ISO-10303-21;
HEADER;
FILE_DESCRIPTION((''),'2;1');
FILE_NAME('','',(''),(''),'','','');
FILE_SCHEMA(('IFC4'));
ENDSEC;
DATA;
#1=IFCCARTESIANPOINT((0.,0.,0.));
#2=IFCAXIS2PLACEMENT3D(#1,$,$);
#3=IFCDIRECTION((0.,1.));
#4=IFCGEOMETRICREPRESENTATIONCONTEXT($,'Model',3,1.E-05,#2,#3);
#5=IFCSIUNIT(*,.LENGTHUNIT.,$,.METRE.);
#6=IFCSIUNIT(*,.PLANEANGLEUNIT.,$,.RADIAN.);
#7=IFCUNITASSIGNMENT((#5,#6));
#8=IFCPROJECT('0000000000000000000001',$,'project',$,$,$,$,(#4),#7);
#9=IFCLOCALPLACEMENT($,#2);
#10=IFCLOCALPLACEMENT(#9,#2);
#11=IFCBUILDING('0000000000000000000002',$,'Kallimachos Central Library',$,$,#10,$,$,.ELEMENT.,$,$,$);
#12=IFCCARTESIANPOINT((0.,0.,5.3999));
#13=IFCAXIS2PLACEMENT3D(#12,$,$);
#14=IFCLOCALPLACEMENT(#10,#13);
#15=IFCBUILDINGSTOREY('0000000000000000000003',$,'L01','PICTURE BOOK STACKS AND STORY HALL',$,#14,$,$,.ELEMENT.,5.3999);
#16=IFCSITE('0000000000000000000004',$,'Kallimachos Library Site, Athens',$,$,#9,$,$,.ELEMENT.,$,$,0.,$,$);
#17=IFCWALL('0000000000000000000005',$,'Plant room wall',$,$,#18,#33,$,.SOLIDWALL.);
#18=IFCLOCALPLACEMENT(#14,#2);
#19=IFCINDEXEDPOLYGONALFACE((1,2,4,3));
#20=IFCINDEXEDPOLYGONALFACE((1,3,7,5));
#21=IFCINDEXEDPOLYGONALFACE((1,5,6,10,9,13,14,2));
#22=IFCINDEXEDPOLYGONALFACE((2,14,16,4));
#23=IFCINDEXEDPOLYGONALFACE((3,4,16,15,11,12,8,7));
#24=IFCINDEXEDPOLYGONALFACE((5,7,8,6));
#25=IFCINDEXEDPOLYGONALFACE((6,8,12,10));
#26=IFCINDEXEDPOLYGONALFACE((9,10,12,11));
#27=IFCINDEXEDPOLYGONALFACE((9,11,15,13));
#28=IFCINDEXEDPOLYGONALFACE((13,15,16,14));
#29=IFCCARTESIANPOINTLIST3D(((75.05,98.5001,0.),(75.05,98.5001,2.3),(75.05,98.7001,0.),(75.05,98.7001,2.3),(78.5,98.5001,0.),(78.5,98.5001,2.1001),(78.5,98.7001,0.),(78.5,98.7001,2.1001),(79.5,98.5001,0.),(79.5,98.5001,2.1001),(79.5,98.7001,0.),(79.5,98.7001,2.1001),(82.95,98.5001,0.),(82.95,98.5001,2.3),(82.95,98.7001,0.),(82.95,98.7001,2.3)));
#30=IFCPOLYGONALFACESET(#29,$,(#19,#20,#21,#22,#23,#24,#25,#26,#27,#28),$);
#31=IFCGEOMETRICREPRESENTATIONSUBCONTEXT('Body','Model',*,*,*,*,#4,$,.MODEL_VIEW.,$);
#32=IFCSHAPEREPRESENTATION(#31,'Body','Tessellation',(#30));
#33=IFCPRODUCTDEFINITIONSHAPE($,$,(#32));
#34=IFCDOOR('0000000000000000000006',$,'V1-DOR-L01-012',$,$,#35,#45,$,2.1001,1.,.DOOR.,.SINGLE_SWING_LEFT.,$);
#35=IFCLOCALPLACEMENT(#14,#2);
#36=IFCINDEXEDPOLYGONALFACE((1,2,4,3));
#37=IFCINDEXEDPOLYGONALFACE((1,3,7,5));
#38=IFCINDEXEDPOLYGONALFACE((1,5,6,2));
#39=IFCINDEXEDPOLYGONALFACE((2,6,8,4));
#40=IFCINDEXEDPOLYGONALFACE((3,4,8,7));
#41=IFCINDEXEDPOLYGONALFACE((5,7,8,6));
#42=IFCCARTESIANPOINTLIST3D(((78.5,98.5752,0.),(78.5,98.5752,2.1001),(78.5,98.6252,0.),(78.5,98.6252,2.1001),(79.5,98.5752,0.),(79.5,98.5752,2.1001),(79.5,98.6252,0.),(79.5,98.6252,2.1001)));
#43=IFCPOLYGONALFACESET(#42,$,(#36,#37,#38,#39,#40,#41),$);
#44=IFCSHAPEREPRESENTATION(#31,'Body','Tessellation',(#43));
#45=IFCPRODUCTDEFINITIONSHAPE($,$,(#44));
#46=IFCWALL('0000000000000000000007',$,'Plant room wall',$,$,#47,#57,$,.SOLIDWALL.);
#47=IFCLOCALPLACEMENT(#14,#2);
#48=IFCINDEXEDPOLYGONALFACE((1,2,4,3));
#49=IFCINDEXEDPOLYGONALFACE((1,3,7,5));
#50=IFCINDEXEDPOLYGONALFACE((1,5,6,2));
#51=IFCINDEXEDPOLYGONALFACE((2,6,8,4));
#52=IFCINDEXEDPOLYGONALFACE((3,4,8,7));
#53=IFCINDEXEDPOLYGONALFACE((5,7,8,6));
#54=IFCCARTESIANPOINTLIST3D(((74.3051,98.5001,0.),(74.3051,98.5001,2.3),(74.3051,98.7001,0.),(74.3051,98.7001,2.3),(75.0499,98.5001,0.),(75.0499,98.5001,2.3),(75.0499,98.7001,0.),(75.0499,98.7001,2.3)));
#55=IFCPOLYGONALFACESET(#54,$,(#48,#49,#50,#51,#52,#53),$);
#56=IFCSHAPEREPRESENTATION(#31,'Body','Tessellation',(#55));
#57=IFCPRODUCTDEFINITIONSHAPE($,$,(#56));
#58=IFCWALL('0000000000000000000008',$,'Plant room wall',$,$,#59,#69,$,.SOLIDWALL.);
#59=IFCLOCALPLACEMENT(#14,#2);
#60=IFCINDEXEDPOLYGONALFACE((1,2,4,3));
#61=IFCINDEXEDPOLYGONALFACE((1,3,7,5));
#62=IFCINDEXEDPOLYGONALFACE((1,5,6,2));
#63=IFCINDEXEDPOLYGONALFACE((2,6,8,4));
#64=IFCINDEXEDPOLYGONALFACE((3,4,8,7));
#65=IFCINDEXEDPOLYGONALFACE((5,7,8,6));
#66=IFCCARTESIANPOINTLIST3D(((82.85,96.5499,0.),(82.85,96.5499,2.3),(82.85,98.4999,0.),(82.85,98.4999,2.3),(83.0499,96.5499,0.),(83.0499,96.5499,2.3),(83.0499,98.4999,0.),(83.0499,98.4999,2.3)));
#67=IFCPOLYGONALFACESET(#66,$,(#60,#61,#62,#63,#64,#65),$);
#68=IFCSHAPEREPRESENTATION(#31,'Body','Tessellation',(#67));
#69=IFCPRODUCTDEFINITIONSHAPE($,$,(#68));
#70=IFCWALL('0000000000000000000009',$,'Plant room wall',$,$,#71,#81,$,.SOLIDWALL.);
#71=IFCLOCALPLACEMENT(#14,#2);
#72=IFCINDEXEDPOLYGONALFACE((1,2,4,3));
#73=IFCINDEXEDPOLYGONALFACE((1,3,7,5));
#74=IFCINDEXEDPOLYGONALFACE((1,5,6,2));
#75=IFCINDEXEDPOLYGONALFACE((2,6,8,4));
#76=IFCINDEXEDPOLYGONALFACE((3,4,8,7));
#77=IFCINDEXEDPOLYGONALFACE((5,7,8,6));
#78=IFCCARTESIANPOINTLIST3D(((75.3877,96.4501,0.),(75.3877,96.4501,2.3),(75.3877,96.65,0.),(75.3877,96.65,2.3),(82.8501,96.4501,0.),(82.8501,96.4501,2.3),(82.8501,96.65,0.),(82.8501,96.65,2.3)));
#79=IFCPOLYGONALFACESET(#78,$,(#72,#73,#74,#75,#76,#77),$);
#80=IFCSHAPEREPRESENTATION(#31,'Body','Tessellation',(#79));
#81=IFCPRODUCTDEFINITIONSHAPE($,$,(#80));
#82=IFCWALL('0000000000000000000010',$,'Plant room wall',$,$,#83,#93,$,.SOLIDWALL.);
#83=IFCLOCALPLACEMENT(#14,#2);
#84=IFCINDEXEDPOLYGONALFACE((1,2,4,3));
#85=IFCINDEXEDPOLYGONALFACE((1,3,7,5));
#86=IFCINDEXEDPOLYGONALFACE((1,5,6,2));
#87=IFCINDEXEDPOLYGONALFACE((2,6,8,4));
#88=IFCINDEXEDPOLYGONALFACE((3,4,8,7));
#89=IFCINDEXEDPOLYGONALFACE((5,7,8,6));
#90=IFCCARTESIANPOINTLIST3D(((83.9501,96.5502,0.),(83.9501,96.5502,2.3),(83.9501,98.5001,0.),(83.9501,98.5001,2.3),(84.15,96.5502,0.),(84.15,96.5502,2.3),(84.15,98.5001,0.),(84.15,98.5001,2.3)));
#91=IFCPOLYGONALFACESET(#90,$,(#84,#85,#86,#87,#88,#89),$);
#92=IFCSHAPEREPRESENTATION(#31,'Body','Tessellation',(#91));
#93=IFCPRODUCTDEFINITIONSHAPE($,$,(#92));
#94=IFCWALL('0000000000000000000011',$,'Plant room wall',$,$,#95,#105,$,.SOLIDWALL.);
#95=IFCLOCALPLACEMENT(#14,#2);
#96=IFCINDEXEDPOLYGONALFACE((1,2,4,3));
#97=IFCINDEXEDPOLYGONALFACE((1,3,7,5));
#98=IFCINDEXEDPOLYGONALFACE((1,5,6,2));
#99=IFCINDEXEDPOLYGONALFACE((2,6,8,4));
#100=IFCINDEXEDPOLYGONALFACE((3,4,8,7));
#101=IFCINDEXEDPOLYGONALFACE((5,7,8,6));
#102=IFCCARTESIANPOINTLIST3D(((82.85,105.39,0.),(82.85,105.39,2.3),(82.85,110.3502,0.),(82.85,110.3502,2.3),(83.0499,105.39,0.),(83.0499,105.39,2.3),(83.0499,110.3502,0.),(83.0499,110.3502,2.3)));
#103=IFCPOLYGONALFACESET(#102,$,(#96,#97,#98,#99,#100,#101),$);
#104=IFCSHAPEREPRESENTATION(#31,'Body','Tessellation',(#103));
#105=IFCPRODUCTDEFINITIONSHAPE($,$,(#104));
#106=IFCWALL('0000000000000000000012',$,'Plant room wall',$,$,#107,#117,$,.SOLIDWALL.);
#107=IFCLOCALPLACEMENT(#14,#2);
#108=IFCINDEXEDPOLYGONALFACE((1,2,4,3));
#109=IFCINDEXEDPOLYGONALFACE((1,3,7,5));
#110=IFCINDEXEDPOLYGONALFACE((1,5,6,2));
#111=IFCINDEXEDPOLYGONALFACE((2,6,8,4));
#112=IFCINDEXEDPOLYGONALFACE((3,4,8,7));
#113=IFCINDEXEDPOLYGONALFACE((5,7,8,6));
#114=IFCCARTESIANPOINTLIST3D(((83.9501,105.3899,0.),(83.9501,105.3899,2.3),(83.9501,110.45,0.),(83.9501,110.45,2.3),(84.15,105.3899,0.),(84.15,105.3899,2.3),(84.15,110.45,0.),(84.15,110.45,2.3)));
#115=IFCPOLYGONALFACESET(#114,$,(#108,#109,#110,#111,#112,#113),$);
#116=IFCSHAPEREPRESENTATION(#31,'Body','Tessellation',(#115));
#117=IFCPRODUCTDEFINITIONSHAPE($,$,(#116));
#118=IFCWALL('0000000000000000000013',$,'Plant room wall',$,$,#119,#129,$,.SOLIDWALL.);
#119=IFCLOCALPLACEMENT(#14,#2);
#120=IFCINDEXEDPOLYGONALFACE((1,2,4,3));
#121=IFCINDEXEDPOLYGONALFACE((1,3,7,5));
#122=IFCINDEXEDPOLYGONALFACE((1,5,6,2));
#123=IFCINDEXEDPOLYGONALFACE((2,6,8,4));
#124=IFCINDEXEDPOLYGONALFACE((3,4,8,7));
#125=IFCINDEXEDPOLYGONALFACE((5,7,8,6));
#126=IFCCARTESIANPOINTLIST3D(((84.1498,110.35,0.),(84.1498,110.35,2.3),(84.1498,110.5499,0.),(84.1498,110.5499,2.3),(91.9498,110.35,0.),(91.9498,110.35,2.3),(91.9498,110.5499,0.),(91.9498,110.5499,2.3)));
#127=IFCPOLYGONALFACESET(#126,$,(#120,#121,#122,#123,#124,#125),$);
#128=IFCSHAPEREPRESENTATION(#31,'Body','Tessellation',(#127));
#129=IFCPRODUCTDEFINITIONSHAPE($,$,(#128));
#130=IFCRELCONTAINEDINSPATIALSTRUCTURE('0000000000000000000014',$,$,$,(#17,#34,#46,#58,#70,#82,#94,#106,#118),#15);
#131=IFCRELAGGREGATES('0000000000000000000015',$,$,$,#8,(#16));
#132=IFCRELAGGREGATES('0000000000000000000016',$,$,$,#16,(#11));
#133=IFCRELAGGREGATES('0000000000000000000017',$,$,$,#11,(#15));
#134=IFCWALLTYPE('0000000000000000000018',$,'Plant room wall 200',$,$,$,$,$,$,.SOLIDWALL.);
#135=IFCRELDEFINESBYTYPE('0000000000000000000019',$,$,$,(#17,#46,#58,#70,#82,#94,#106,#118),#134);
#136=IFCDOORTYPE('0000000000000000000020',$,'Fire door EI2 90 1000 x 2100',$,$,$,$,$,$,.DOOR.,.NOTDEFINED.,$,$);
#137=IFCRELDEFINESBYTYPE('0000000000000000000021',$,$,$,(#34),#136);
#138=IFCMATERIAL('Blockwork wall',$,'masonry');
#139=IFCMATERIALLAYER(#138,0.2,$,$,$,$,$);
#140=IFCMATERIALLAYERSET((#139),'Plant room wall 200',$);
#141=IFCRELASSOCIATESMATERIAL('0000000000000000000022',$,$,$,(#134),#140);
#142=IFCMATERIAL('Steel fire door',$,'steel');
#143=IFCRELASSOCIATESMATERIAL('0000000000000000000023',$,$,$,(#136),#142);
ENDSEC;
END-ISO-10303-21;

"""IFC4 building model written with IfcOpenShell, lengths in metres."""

from ifc_helpers import new_model, si_unit, direction, frame, frame_2d, origin, place, context, subcontext, project, spatial, rectangle, extrude, material, layer, layer_set, type_object, element, fill, save


model = new_model("IFC4")

# Units and contexts
model_context = context("Model", 3, precision=1e-05, world=origin(), true_north=direction((0.0, 1.0)))
body_context = subcontext(model_context, "Body", "Model", "MODEL_VIEW")
ifc_project = project(units=[si_unit("LENGTHUNIT", "METRE"), si_unit("PLANEANGLEUNIT", "RADIAN")], contexts=[model_context])

# Site, building, storey
site_placement = place(None, origin())
site = spatial("IfcSite", under=ifc_project, at=site_placement, Name="Kallimachos Library Site, Athens", CompositionType="ELEMENT", RefElevation=0.0)
building_placement = place(site_placement, origin())
building = spatial("IfcBuilding", under=site, at=building_placement, Name="Kallimachos Central Library", CompositionType="ELEMENT")
storey_placement = place(building_placement, frame((0.0, 0.0, 5.3999)))
storey = spatial("IfcBuildingStorey", under=building, at=storey_placement, Name="L01", Description="PICTURE BOOK STACKS AND STORY HALL", CompositionType="ELEMENT", Elevation=5.3999)

# Shared definitions
ifc_material_1 = material(Name="Blockwork wall", Category="masonry")
ifc_layer = layer(ifc_material_1, 0.2)
ifc_layer_set = layer_set([ifc_layer], Name="Plant room wall 200")
wall_type = type_object("IfcWallType", Name="Plant room wall 200", PredefinedType="SOLIDWALL", material=ifc_layer_set)

# Shared definitions
ifc_material_2 = material(Name="Steel fire door", Category="steel")
door_type = type_object("IfcDoorType", Name="Fire door EI2 90 1000 x 2100", OperationType="NOTDEFINED", PredefinedType="DOOR", material=ifc_material_2)

# Wall, opening, door
wall_1_placement = place(storey_placement, frame((82.95, 98.6001, 0.0), z_axis=(0.0, 0.0, 1.0), x_axis=(-1.0, 0.0, 0.0)))
wall_1 = element("IfcWall", 1, at=wall_1_placement, inside=storey, type_object=wall_type, Name="Plant room wall", PredefinedType="SOLIDWALL", context=body_context, shape_type="SweptSolid", body=[
    extrude(rectangle(XDim=7.8999, YDim=0.2, at=frame_2d((3.95, 0.0))), origin(), (0.0, 0.0, 1.0), 2.3),
])
opening_1_placement = place(wall_1_placement, frame((3.45, 0.0, 0.0)))
opening_1 = element("IfcOpeningElement", 2, at=opening_1_placement, cuts=wall_1, PredefinedType="OPENING", context=body_context, shape_type="SweptSolid", body=[
    extrude(rectangle(XDim=1.0, YDim=2.1001, at=frame_2d((0.5, 1.05))), frame((0.0, 0.1099, 0.0), z_axis=(0.0, -1.0, 0.0), x_axis=(1.0, 0.0, 0.0)), (0.0, 0.0, 1.0), 0.22),
])
door_1_placement = place(opening_1_placement, origin())
door_1 = element("IfcDoor", 3, at=door_1_placement, inside=storey, type_object=door_type, Name="V1-DOR-L01-012", OperationType="SINGLE_SWING_LEFT", OverallHeight=2.1001, OverallWidth=1.0, PredefinedType="DOOR", context=body_context, shape_type="SweptSolid", body=[
    extrude(rectangle(XDim=1.0, YDim=2.1001, at=frame_2d((0.5, 1.05))), frame((0.0, 0.0249, 0.0), z_axis=(0.0, -1.0, 0.0), x_axis=(1.0, 0.0, 0.0)), (0.0, 0.0, 1.0), 0.05),
])
fill(opening_1, door_1)

# Walls
wall_2_placement = place(storey_placement, frame((75.05, 98.6001, 0.0), z_axis=(0.0, 0.0, 1.0), x_axis=(-1.0, 0.0, 0.0)))
element("IfcWall", 4, at=wall_2_placement, inside=storey, type_object=wall_type, Name="Plant room wall", PredefinedType="SOLIDWALL", context=body_context, shape_type="SweptSolid", body=[
    extrude(rectangle(XDim=0.7449, YDim=0.2, at=frame_2d((0.3726, 0.0))), origin(), (0.0, 0.0, 1.0), 2.3),
])
wall_3_placement = place(storey_placement, frame((82.95, 98.5, 0.0), z_axis=(0.0, 0.0, 1.0), x_axis=(0.0, -1.0, 0.0)))
element("IfcWall", 5, at=wall_3_placement, inside=storey, type_object=wall_type, Name="Plant room wall", PredefinedType="SOLIDWALL", context=body_context, shape_type="SweptSolid", body=[
    extrude(rectangle(XDim=1.95, YDim=0.2, at=frame_2d((0.9751, 0.0))), origin(), (0.0, 0.0, 1.0), 2.3),
])
wall_4_placement = place(storey_placement, frame((82.8501, 96.55, 0.0), z_axis=(0.0, 0.0, 1.0), x_axis=(-1.0, 0.0, 0.0)))
element("IfcWall", 6, at=wall_4_placement, inside=storey, type_object=wall_type, Name="Plant room wall", PredefinedType="SOLIDWALL", context=body_context, shape_type="SweptSolid", body=[
    extrude(rectangle(XDim=7.4624, YDim=0.2, at=frame_2d((3.7312, 0.0))), origin(), (0.0, 0.0, 1.0), 2.3),
])
wall_5_placement = place(storey_placement, frame((84.05, 96.55, 0.0), z_axis=(0.0, 0.0, 1.0), x_axis=(0.0, 1.0, 0.0)))
element("IfcWall", 7, at=wall_5_placement, inside=storey, type_object=wall_type, Name="Plant room wall", PredefinedType="SOLIDWALL", context=body_context, shape_type="SweptSolid", body=[
    extrude(rectangle(XDim=1.95, YDim=0.2, at=frame_2d((0.9751, 0.0))), origin(), (0.0, 0.0, 1.0), 2.3),
])
wall_6_placement = place(storey_placement, frame((82.95, 110.3501, 0.0), z_axis=(0.0, 0.0, 1.0), x_axis=(0.0, -1.0, 0.0)))
element("IfcWall", 8, at=wall_6_placement, inside=storey, type_object=wall_type, Name="Plant room wall", PredefinedType="SOLIDWALL", context=body_context, shape_type="SweptSolid", body=[
    extrude(rectangle(XDim=4.9602, YDim=0.2, at=frame_2d((2.48, 0.0))), origin(), (0.0, 0.0, 1.0), 2.3),
])
wall_7_placement = place(storey_placement, frame((84.05, 105.3899, 0.0), z_axis=(0.0, 0.0, 1.0), x_axis=(0.0, 1.0, 0.0)))
element("IfcWall", 9, at=wall_7_placement, inside=storey, type_object=wall_type, Name="Plant room wall", PredefinedType="SOLIDWALL", context=body_context, shape_type="SweptSolid", body=[
    extrude(rectangle(XDim=5.0601, YDim=0.2, at=frame_2d((2.53, 0.0))), origin(), (0.0, 0.0, 1.0), 2.3),
])
wall_8_placement = place(storey_placement, frame((84.1499, 110.45, 0.0), z_axis=(0.0, 0.0, 1.0), x_axis=(1.0, 0.0, 0.0)))
element("IfcWall", 10, at=wall_8_placement, inside=storey, type_object=wall_type, Name="Plant room wall", PredefinedType="SOLIDWALL", context=body_context, shape_type="SweptSolid", body=[
    extrude(rectangle(XDim=7.8, YDim=0.2, at=frame_2d((3.8999, 0.0))), origin(), (0.0, 0.0, 1.0), 2.3),
])

save(model, "model.ifc")
